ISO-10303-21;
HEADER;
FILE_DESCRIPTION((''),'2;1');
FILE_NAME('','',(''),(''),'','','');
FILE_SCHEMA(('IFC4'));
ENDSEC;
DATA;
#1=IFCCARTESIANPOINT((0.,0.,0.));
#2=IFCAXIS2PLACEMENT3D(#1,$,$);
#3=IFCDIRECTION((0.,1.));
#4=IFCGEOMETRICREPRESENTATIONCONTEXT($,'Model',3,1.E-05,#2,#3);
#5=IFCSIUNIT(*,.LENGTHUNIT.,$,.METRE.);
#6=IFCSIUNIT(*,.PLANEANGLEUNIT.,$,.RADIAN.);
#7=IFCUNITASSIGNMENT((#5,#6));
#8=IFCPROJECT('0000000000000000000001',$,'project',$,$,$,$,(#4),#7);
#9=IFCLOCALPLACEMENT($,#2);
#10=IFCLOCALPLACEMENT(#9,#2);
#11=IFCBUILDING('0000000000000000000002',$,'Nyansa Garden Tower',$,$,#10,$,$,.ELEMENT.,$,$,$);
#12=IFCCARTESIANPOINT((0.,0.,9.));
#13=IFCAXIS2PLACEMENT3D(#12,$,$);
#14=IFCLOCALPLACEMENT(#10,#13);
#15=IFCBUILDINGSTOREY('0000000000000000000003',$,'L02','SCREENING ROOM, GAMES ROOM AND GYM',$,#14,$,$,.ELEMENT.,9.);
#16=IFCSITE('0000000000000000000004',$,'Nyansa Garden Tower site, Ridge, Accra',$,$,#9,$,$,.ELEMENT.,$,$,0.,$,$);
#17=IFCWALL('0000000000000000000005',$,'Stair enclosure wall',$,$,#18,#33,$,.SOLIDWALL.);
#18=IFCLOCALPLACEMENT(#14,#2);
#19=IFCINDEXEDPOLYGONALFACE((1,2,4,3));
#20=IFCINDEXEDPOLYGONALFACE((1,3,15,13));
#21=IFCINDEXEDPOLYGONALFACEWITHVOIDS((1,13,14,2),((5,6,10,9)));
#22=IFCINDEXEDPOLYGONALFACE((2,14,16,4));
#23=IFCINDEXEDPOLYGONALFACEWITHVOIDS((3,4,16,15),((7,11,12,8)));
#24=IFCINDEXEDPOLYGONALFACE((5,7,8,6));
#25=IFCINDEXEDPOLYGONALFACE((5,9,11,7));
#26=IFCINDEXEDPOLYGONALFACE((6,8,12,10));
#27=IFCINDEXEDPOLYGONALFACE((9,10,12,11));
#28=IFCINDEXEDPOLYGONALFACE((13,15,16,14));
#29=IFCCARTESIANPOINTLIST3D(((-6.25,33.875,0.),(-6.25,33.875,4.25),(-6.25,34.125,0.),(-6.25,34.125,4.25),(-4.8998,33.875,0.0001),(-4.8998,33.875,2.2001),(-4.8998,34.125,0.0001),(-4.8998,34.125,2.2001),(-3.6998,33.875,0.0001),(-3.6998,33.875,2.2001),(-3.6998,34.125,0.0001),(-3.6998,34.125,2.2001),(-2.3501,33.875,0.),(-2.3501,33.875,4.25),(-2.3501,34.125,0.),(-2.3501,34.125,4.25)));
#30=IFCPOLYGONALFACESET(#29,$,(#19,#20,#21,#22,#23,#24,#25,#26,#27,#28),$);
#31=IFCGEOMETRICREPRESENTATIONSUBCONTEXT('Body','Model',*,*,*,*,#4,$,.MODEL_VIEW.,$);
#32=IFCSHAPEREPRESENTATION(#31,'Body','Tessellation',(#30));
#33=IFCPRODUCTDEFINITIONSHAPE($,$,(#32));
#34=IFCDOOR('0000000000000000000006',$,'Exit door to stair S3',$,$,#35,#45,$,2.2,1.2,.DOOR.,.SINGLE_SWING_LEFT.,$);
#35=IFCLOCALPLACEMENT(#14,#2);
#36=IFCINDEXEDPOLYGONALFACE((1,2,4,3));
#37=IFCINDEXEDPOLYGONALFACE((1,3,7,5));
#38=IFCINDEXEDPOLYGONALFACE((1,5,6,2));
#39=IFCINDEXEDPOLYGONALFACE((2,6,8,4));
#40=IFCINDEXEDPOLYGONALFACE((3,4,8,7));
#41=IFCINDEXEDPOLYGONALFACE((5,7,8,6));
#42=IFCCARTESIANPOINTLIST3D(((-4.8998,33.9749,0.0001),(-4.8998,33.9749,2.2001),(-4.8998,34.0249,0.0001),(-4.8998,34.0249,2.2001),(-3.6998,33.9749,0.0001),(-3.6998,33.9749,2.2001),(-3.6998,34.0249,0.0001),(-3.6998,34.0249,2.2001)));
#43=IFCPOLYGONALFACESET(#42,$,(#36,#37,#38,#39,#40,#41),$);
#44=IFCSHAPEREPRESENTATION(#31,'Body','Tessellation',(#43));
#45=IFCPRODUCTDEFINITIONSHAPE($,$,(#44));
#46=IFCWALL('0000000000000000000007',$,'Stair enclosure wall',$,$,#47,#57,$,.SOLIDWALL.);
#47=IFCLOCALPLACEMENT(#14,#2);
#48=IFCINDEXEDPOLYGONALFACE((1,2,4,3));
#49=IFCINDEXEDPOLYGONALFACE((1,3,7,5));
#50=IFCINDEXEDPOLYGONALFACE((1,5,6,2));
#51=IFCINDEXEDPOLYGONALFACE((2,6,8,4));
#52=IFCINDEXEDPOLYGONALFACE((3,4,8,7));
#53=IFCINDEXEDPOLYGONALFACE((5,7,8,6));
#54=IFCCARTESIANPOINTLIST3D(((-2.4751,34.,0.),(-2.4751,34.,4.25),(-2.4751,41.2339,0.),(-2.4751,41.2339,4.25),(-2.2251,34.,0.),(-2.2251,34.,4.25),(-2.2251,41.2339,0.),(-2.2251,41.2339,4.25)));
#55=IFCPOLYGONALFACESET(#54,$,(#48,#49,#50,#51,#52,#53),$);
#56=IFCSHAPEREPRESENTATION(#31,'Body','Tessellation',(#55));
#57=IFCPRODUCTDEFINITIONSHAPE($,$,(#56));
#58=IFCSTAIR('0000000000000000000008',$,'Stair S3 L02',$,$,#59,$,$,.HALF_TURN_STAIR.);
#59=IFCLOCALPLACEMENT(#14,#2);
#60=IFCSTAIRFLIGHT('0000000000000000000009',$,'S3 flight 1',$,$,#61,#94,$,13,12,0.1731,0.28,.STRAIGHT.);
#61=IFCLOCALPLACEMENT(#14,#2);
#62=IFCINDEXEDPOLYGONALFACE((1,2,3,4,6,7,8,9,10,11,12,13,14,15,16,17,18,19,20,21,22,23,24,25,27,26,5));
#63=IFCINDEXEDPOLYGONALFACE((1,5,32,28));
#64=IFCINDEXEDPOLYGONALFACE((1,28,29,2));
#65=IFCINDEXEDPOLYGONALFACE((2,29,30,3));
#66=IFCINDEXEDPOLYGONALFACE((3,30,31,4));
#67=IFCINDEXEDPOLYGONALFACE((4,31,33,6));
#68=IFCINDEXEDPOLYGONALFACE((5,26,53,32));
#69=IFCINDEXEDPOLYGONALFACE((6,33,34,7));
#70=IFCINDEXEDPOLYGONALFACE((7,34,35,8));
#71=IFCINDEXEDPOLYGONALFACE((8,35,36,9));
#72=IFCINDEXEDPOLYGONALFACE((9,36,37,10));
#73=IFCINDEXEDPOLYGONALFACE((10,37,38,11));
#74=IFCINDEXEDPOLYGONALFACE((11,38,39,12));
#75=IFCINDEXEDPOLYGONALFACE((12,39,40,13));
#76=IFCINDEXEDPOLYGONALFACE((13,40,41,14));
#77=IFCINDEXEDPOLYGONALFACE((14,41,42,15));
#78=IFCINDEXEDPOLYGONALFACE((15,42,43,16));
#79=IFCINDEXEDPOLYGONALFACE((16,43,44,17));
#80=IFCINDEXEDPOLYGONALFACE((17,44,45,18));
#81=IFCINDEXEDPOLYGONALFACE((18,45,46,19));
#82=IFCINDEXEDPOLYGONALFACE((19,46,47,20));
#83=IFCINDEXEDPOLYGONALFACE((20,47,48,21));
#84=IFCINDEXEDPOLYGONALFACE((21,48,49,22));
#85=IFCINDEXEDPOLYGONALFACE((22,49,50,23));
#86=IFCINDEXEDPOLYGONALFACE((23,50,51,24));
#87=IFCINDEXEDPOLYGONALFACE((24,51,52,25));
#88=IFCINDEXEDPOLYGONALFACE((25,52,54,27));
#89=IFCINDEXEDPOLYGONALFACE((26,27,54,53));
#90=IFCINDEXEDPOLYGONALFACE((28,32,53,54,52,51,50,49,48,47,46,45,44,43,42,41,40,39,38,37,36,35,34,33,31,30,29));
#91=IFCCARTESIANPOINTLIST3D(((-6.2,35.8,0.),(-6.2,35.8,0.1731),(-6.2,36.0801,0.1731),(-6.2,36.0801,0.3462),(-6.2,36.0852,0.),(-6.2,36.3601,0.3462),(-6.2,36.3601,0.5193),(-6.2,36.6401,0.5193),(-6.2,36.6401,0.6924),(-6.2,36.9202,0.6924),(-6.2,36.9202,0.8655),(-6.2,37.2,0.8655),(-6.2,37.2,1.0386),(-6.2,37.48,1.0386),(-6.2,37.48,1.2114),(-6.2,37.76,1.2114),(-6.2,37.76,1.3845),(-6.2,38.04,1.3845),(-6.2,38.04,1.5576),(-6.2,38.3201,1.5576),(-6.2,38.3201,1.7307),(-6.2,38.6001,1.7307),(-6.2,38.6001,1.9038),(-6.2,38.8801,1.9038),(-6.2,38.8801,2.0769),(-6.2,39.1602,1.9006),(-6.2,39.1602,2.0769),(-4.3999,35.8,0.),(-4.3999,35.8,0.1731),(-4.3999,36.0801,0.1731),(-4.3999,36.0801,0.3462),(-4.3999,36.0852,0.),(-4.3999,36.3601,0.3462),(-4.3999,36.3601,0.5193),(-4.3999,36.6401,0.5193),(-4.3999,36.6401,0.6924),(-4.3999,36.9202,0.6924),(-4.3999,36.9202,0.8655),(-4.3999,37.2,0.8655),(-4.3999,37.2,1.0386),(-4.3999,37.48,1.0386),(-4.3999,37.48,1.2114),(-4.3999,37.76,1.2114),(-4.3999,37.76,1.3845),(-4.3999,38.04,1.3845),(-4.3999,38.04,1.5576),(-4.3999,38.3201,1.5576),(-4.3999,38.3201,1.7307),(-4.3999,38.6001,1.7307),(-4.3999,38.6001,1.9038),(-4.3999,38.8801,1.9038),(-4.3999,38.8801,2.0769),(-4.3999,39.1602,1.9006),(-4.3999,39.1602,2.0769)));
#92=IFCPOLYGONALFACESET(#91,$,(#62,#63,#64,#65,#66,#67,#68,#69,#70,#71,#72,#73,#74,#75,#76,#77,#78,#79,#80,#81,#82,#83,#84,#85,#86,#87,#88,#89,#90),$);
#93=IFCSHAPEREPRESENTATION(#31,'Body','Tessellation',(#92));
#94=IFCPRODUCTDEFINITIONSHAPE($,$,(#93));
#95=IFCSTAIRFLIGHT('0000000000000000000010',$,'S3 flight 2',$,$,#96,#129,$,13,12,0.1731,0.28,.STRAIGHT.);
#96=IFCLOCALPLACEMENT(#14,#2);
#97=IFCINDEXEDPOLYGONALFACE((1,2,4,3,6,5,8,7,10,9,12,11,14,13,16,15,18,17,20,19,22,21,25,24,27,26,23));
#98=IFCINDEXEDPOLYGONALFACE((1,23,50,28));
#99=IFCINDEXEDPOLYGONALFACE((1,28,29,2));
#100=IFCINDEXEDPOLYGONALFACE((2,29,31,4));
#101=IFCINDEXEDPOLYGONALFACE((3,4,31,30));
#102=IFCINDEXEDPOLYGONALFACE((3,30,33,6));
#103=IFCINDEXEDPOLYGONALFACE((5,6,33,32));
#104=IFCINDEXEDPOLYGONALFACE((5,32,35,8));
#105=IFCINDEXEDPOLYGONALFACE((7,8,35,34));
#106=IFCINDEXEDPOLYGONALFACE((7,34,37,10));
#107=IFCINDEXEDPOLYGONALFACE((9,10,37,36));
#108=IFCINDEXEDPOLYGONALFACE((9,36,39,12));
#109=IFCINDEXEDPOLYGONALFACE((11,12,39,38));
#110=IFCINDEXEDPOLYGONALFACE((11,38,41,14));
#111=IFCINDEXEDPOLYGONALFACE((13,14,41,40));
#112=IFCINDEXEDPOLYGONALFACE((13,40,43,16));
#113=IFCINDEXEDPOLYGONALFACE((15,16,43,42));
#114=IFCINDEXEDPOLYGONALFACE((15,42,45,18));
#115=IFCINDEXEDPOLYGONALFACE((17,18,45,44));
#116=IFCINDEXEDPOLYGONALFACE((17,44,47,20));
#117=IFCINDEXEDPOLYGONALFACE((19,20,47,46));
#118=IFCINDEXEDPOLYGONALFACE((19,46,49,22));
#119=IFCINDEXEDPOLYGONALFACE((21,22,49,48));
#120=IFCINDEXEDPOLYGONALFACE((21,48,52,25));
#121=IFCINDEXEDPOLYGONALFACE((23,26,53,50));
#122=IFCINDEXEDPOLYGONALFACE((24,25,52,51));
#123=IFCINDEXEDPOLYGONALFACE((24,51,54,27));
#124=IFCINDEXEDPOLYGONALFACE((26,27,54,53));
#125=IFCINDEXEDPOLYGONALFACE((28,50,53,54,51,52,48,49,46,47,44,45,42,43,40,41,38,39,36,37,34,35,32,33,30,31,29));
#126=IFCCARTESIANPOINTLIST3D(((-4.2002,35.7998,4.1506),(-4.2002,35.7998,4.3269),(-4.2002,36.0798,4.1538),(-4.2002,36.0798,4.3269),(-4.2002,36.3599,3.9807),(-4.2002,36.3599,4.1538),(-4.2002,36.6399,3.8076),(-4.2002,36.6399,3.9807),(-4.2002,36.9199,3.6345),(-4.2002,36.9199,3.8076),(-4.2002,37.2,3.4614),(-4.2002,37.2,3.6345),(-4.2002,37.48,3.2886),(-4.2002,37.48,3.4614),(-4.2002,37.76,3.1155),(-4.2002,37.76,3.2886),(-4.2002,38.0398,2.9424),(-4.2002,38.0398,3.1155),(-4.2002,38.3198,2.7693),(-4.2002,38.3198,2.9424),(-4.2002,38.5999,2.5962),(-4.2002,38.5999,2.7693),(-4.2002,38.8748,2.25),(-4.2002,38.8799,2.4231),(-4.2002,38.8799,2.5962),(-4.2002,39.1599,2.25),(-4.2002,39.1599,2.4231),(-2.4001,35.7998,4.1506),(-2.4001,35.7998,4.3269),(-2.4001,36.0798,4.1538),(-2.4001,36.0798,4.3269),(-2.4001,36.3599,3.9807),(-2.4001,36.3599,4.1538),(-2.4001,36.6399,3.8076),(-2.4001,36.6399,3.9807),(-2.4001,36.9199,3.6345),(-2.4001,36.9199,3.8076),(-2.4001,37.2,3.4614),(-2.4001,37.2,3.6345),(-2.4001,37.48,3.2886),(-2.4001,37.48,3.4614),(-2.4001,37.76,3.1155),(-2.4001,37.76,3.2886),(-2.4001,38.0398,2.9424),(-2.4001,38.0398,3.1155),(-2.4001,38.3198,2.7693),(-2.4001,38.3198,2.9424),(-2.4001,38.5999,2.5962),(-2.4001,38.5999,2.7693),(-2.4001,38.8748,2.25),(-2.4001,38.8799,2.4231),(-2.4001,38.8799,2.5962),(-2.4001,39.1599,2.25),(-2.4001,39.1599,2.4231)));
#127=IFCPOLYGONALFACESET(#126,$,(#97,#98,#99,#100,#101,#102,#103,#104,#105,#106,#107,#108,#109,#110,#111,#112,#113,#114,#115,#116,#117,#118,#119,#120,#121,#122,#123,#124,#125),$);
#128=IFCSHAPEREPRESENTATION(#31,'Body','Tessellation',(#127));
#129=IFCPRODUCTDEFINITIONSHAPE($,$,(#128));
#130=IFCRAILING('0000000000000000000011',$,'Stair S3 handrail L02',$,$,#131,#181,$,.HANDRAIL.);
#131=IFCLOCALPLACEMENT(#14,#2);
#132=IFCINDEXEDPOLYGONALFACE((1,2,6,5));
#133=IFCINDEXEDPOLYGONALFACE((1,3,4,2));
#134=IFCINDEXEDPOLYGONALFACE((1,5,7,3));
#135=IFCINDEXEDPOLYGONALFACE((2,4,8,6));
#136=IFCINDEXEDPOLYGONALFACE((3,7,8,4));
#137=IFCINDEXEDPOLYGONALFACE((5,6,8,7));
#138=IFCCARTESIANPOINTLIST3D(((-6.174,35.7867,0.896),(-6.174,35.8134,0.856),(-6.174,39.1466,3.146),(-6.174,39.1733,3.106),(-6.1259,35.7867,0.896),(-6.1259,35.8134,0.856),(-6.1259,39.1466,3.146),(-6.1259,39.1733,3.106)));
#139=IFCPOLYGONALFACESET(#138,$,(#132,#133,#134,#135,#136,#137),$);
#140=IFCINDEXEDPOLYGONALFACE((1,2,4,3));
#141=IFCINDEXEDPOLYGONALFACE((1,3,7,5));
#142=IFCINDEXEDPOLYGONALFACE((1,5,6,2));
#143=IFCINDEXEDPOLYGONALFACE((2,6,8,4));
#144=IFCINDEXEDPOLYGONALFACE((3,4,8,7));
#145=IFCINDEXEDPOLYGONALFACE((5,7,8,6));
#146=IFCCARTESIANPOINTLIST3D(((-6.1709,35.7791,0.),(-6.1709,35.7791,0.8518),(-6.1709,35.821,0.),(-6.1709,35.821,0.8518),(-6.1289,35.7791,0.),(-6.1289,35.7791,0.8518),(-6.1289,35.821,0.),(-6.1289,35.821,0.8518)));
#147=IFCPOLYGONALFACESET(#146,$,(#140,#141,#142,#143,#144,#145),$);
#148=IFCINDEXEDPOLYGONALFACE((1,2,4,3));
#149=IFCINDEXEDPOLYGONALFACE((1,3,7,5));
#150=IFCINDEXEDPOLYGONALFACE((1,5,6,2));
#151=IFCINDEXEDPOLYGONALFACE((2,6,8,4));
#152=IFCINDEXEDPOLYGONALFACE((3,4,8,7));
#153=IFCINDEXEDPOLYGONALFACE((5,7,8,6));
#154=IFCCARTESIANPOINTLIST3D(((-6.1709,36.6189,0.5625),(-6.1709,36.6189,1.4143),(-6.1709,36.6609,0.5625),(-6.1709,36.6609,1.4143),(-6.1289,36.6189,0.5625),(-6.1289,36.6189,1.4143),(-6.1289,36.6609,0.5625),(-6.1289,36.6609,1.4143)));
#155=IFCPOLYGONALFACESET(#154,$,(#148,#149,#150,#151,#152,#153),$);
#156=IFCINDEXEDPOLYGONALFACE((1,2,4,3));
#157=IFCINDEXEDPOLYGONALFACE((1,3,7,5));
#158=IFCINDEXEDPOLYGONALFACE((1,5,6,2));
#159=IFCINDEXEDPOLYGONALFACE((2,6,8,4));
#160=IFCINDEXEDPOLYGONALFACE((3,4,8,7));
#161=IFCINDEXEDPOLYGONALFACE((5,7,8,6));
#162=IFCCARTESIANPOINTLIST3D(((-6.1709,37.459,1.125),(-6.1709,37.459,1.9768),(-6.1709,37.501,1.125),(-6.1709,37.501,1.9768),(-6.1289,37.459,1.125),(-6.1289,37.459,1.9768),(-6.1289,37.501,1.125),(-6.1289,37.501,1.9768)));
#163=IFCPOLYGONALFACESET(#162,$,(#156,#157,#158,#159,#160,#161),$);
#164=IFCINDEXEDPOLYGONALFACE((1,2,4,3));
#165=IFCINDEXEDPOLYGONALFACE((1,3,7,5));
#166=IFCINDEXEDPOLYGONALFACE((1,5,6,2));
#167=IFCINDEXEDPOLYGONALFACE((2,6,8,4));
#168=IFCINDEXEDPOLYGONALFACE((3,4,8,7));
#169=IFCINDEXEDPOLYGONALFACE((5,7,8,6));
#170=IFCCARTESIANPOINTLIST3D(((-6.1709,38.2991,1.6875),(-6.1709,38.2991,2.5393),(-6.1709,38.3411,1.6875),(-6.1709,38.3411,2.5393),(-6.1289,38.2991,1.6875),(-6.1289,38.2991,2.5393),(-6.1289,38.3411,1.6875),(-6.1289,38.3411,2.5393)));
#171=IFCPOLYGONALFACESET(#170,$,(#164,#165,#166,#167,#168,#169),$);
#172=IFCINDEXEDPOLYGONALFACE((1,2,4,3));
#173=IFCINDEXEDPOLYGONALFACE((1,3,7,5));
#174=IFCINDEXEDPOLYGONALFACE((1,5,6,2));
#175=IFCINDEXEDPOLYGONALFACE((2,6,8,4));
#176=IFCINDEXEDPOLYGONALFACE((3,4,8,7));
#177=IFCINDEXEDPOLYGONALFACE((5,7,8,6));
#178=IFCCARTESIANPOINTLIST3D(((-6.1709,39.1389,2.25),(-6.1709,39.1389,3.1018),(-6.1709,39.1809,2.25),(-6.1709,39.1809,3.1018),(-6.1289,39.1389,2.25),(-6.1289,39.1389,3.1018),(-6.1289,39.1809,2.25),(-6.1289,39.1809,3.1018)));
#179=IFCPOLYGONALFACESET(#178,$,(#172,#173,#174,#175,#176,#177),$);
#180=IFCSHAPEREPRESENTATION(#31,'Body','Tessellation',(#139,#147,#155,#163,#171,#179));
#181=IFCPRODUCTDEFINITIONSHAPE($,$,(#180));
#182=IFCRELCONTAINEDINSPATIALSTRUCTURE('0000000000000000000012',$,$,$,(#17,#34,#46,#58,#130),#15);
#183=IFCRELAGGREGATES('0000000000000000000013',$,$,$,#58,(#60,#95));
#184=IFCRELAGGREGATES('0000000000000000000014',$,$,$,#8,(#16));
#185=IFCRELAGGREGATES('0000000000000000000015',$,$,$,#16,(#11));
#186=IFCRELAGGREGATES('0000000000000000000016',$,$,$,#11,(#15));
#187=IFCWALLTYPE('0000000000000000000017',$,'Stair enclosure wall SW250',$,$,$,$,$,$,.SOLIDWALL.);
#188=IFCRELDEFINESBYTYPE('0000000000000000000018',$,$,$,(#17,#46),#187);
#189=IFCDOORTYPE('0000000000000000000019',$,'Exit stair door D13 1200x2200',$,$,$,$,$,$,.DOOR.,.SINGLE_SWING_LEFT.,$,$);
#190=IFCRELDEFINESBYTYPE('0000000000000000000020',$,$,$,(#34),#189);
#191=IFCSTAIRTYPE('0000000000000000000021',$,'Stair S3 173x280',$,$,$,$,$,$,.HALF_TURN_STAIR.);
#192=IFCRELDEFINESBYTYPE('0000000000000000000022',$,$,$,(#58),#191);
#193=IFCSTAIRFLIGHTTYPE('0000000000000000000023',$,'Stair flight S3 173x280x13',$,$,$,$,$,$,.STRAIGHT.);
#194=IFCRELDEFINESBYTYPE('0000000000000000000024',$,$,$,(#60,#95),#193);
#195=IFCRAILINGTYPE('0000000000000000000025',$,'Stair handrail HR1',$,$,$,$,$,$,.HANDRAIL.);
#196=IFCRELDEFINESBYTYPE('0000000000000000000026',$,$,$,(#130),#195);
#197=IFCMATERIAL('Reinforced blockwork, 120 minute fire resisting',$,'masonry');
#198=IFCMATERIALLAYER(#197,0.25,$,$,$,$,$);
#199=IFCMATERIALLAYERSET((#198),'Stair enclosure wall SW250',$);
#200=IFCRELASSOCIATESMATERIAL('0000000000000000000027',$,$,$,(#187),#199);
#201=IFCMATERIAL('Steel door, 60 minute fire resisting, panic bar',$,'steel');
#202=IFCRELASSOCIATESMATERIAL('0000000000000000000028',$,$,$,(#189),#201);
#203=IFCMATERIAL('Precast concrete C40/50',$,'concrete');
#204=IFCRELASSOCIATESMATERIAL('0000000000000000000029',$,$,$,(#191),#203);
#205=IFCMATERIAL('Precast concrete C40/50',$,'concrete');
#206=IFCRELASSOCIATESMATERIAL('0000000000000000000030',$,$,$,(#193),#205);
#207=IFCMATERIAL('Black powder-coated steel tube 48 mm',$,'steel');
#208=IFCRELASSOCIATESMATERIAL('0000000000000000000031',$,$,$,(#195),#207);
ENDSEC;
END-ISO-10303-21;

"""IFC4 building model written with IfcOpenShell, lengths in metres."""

from ifc_helpers import new_model, si_unit, direction, frame, frame_2d, origin, origin_2d, place, context, subcontext, project, spatial, polyline, rectangle, outline, extrude, material, layer, layer_set, type_object, element, fill, aggregate, save


model = new_model("IFC4")

# Units and contexts
model_context = context("Model", 3, precision=1e-05, world=origin(), true_north=direction((0.0, 1.0)))
body_context = subcontext(model_context, "Body", "Model", "MODEL_VIEW")
ifc_project = project(units=[si_unit("LENGTHUNIT", "METRE"), si_unit("PLANEANGLEUNIT", "RADIAN")], contexts=[model_context])

# Site, building, storey
site_placement = place(None, origin())
site = spatial("IfcSite", under=ifc_project, at=site_placement, Name="Nyansa Garden Tower site, Ridge, Accra", CompositionType="ELEMENT", RefElevation=0.0)
building_placement = place(site_placement, origin())
building = spatial("IfcBuilding", under=site, at=building_placement, Name="Nyansa Garden Tower", CompositionType="ELEMENT")
storey_placement = place(building_placement, frame((0.0, 0.0, 9.0)))
storey = spatial("IfcBuildingStorey", under=building, at=storey_placement, Name="L02", Description="SCREENING ROOM, GAMES ROOM AND GYM", CompositionType="ELEMENT", Elevation=9.0)

# Shared definitions
ifc_material_1 = material(Name="Reinforced blockwork, 120 minute fire resisting", Category="masonry")
ifc_layer_1 = layer(ifc_material_1, 0.25)
ifc_layer_set_1 = layer_set([ifc_layer_1], Name="Stair enclosure wall SW250")
wall_type = type_object("IfcWallType", Name="Stair enclosure wall SW250", PredefinedType="SOLIDWALL", material=ifc_layer_set_1)

# Wall, opening, door
wall_1_placement = place(storey_placement, frame((-6.25, 34.0, 0.0), z_axis=(0.0, 0.0, 1.0), x_axis=(1.0, 0.0, 0.0)))
wall_1 = element("IfcWall", 1, at=wall_1_placement, inside=storey, type_object=wall_type, Name="Stair enclosure wall", PredefinedType="SOLIDWALL", context=body_context, shape_type="SweptSolid", body=[
    extrude(rectangle(XDim=3.8999, YDim=0.25, at=frame_2d((1.95, 0.0))), origin(), (0.0, 0.0, 1.0), 4.25),
])
opening_placement = place(wall_1_placement, frame((1.3501, 0.0, 0.0)))
opening = element("IfcOpeningElement", 2, at=opening_placement, cuts=wall_1, PredefinedType="OPENING", context=body_context, shape_type="SweptSolid", body=[
    extrude(rectangle(XDim=1.2, YDim=2.2, at=frame_2d((0.6001, 1.1001))), frame((0.0, 0.135, 0.0), z_axis=(0.0, -1.0, 0.0), x_axis=(1.0, 0.0, 0.0)), (0.0, 0.0, 1.0), 0.27),
])
ifc_material_2 = material(Name="Steel door, 60 minute fire resisting, panic bar", Category="steel")
door_type = type_object("IfcDoorType", Name="Exit stair door D13 1200x2200", OperationType="SINGLE_SWING_LEFT", PredefinedType="DOOR", material=ifc_material_2)
door_placement = place(opening_placement, origin())
door = element("IfcDoor", 3, at=door_placement, inside=storey, type_object=door_type, Name="Exit door to stair S3", OperationType="SINGLE_SWING_LEFT", OverallHeight=2.2, OverallWidth=1.2, PredefinedType="DOOR", context=body_context, shape_type="SweptSolid", body=[
    extrude(rectangle(XDim=1.2, YDim=2.2, at=frame_2d((0.6001, 1.1001))), frame((0.0, 0.0249, 0.0), z_axis=(0.0, -1.0, 0.0), x_axis=(1.0, 0.0, 0.0)), (0.0, 0.0, 1.0), 0.05),
])
fill(opening, door)

# Wall
wall_2_placement = place(storey_placement, frame((-2.3501, 34.0, 0.0), z_axis=(0.0, 0.0, 1.0), x_axis=(0.0, 1.0, 0.0)))
element("IfcWall", 4, at=wall_2_placement, inside=storey, type_object=wall_type, Name="Stair enclosure wall", PredefinedType="SOLIDWALL", context=body_context, shape_type="SweptSolid", body=[
    extrude(rectangle(XDim=7.2339, YDim=0.25, at=frame_2d((3.6169, 0.0))), origin(), (0.0, 0.0, 1.0), 4.25),
])

# Stair, stair flights
ifc_material_3 = material(Name="Precast concrete C40/50", Category="concrete")
stair_type = type_object("IfcStairType", Name="Stair S3 173x280", PredefinedType="HALF_TURN_STAIR", material=ifc_material_3)
stair_placement = place(storey_placement, origin())
stair = element("IfcStair", 5, at=stair_placement, inside=storey, type_object=stair_type, Name="Stair S3 L02", PredefinedType="HALF_TURN_STAIR")
ifc_material_4 = material(Name="Precast concrete C40/50", Category="concrete")
stair_flight_type = type_object("IfcStairFlightType", Name="Stair flight S3 173x280x13", PredefinedType="STRAIGHT", material=ifc_material_4)
stair_flight_1_placement = place(storey_placement, frame((-5.3, 35.8, 0.0), z_axis=(0.0, 0.0, 1.0), x_axis=(0.0, 1.0, 0.0)))
stair_flight_1 = element("IfcStairFlight", 6, at=stair_flight_1_placement, type_object=stair_flight_type, Name="S3 flight 1", NumberOfRisers=13, NumberOfTreads=12, PredefinedType="STRAIGHT", RiserHeight=0.1731, TreadLength=0.28, context=body_context, shape_type="SweptSolid", body=[
    extrude(outline(polyline([(0.0, 0.0), (0.0, 0.1731), (0.28, 0.1731), (0.28, 0.3462), (0.5601, 0.3462), (0.5601, 0.5193), (0.8401, 0.5193), (0.8401, 0.6924), (1.1201, 0.6924), (1.1201, 0.8655), (1.3999, 0.8655), (1.3999, 1.0386), (1.6799, 1.0386), (1.6799, 1.2114), (1.96, 1.2114), (1.96, 1.3845), (2.24, 1.3845), (2.24, 1.5576), (2.52, 1.5576), (2.52, 1.7307), (2.8, 1.7307), (2.8, 1.9038), (3.0801, 1.9038), (3.0801, 2.0769), (3.3601, 2.0769), (3.3601, 2.25), (3.3601, 1.9006), (0.2852, 0.0), (0.0, 0.0)])), frame((0.0, 0.8999, 0.0), z_axis=(0.0, -1.0, 0.0), x_axis=(1.0, 0.0, 0.0)), (0.0, 0.0, 1.0), 1.8),
])
stair_flight_2_placement = place(storey_placement, frame((-3.3, 39.1599, 2.25), z_axis=(0.0, 0.0, 1.0), x_axis=(0.0, -1.0, 0.0)))
stair_flight_2 = element("IfcStairFlight", 7, at=stair_flight_2_placement, type_object=stair_flight_type, Name="S3 flight 2", NumberOfRisers=13, NumberOfTreads=12, PredefinedType="STRAIGHT", RiserHeight=0.1731, TreadLength=0.28, context=body_context, shape_type="SweptSolid", body=[
    extrude(outline(polyline([(0.0, 0.0), (0.0, 0.1731), (0.28, 0.1731), (0.28, 0.3462), (0.5601, 0.3462), (0.5601, 0.5193), (0.8401, 0.5193), (0.8401, 0.6924), (1.1201, 0.6924), (1.1201, 0.8655), (1.3999, 0.8655), (1.3999, 1.0386), (1.6799, 1.0386), (1.6799, 1.2114), (1.96, 1.2114), (1.96, 1.3845), (2.24, 1.3845), (2.24, 1.5576), (2.52, 1.5576), (2.52, 1.7307), (2.8, 1.7307), (2.8, 1.9038), (3.0801, 1.9038), (3.0801, 2.0769), (3.3601, 2.0769), (3.3601, 2.25), (3.3601, 1.9006), (0.2852, 0.0), (0.0, 0.0)])), frame((0.0, 0.8999, 0.0), z_axis=(0.0, -1.0, 0.0), x_axis=(1.0, 0.0, 0.0)), (0.0, 0.0, 1.0), 1.8),
])
aggregate(stair, [stair_flight_1, stair_flight_2])

# Railing
ifc_material_5 = material(Name="Black powder-coated steel tube 48 mm", Category="steel")
railing_type = type_object("IfcRailingType", Name="Stair handrail HR1", PredefinedType="HANDRAIL", material=ifc_material_5)
railing_1_placement = place(storey_placement, frame((-6.1499, 35.8, 0.0)))
element("IfcRailing", 8, at=railing_1_placement, inside=storey, type_object=railing_type, Name="Stair S3 handrail L02", PredefinedType="HANDRAIL", context=body_context, shape_type="SweptSolid", body=[
    extrude(rectangle(XDim=0.0481, YDim=0.0481, at=origin_2d()), frame((0.0, 0.0, 0.876), z_axis=(0.0, 0.830897, 0.556427), x_axis=(-1.0, 0.0, 0.0)), (0.0, 0.0, 1.0), 4.0437),
    extrude(rectangle(XDim=0.042, YDim=0.042, at=origin_2d()), origin(), (0.0, 0.0, 1.0), 0.8518),
    extrude(rectangle(XDim=0.042, YDim=0.042, at=origin_2d()), frame((0.0, 0.8398, 0.5625)), (0.0, 0.0, 1.0), 0.8518),
    extrude(rectangle(XDim=0.042, YDim=0.042, at=origin_2d()), frame((0.0, 1.6799, 1.125)), (0.0, 0.0, 1.0), 0.8518),
    extrude(rectangle(XDim=0.042, YDim=0.042, at=origin_2d()), frame((0.0, 2.52, 1.6875)), (0.0, 0.0, 1.0), 0.8518),
    extrude(rectangle(XDim=0.042, YDim=0.042, at=origin_2d()), frame((0.0, 3.3599, 2.25)), (0.0, 0.0, 1.0), 0.8518),
])

save(model, "model.ifc")
